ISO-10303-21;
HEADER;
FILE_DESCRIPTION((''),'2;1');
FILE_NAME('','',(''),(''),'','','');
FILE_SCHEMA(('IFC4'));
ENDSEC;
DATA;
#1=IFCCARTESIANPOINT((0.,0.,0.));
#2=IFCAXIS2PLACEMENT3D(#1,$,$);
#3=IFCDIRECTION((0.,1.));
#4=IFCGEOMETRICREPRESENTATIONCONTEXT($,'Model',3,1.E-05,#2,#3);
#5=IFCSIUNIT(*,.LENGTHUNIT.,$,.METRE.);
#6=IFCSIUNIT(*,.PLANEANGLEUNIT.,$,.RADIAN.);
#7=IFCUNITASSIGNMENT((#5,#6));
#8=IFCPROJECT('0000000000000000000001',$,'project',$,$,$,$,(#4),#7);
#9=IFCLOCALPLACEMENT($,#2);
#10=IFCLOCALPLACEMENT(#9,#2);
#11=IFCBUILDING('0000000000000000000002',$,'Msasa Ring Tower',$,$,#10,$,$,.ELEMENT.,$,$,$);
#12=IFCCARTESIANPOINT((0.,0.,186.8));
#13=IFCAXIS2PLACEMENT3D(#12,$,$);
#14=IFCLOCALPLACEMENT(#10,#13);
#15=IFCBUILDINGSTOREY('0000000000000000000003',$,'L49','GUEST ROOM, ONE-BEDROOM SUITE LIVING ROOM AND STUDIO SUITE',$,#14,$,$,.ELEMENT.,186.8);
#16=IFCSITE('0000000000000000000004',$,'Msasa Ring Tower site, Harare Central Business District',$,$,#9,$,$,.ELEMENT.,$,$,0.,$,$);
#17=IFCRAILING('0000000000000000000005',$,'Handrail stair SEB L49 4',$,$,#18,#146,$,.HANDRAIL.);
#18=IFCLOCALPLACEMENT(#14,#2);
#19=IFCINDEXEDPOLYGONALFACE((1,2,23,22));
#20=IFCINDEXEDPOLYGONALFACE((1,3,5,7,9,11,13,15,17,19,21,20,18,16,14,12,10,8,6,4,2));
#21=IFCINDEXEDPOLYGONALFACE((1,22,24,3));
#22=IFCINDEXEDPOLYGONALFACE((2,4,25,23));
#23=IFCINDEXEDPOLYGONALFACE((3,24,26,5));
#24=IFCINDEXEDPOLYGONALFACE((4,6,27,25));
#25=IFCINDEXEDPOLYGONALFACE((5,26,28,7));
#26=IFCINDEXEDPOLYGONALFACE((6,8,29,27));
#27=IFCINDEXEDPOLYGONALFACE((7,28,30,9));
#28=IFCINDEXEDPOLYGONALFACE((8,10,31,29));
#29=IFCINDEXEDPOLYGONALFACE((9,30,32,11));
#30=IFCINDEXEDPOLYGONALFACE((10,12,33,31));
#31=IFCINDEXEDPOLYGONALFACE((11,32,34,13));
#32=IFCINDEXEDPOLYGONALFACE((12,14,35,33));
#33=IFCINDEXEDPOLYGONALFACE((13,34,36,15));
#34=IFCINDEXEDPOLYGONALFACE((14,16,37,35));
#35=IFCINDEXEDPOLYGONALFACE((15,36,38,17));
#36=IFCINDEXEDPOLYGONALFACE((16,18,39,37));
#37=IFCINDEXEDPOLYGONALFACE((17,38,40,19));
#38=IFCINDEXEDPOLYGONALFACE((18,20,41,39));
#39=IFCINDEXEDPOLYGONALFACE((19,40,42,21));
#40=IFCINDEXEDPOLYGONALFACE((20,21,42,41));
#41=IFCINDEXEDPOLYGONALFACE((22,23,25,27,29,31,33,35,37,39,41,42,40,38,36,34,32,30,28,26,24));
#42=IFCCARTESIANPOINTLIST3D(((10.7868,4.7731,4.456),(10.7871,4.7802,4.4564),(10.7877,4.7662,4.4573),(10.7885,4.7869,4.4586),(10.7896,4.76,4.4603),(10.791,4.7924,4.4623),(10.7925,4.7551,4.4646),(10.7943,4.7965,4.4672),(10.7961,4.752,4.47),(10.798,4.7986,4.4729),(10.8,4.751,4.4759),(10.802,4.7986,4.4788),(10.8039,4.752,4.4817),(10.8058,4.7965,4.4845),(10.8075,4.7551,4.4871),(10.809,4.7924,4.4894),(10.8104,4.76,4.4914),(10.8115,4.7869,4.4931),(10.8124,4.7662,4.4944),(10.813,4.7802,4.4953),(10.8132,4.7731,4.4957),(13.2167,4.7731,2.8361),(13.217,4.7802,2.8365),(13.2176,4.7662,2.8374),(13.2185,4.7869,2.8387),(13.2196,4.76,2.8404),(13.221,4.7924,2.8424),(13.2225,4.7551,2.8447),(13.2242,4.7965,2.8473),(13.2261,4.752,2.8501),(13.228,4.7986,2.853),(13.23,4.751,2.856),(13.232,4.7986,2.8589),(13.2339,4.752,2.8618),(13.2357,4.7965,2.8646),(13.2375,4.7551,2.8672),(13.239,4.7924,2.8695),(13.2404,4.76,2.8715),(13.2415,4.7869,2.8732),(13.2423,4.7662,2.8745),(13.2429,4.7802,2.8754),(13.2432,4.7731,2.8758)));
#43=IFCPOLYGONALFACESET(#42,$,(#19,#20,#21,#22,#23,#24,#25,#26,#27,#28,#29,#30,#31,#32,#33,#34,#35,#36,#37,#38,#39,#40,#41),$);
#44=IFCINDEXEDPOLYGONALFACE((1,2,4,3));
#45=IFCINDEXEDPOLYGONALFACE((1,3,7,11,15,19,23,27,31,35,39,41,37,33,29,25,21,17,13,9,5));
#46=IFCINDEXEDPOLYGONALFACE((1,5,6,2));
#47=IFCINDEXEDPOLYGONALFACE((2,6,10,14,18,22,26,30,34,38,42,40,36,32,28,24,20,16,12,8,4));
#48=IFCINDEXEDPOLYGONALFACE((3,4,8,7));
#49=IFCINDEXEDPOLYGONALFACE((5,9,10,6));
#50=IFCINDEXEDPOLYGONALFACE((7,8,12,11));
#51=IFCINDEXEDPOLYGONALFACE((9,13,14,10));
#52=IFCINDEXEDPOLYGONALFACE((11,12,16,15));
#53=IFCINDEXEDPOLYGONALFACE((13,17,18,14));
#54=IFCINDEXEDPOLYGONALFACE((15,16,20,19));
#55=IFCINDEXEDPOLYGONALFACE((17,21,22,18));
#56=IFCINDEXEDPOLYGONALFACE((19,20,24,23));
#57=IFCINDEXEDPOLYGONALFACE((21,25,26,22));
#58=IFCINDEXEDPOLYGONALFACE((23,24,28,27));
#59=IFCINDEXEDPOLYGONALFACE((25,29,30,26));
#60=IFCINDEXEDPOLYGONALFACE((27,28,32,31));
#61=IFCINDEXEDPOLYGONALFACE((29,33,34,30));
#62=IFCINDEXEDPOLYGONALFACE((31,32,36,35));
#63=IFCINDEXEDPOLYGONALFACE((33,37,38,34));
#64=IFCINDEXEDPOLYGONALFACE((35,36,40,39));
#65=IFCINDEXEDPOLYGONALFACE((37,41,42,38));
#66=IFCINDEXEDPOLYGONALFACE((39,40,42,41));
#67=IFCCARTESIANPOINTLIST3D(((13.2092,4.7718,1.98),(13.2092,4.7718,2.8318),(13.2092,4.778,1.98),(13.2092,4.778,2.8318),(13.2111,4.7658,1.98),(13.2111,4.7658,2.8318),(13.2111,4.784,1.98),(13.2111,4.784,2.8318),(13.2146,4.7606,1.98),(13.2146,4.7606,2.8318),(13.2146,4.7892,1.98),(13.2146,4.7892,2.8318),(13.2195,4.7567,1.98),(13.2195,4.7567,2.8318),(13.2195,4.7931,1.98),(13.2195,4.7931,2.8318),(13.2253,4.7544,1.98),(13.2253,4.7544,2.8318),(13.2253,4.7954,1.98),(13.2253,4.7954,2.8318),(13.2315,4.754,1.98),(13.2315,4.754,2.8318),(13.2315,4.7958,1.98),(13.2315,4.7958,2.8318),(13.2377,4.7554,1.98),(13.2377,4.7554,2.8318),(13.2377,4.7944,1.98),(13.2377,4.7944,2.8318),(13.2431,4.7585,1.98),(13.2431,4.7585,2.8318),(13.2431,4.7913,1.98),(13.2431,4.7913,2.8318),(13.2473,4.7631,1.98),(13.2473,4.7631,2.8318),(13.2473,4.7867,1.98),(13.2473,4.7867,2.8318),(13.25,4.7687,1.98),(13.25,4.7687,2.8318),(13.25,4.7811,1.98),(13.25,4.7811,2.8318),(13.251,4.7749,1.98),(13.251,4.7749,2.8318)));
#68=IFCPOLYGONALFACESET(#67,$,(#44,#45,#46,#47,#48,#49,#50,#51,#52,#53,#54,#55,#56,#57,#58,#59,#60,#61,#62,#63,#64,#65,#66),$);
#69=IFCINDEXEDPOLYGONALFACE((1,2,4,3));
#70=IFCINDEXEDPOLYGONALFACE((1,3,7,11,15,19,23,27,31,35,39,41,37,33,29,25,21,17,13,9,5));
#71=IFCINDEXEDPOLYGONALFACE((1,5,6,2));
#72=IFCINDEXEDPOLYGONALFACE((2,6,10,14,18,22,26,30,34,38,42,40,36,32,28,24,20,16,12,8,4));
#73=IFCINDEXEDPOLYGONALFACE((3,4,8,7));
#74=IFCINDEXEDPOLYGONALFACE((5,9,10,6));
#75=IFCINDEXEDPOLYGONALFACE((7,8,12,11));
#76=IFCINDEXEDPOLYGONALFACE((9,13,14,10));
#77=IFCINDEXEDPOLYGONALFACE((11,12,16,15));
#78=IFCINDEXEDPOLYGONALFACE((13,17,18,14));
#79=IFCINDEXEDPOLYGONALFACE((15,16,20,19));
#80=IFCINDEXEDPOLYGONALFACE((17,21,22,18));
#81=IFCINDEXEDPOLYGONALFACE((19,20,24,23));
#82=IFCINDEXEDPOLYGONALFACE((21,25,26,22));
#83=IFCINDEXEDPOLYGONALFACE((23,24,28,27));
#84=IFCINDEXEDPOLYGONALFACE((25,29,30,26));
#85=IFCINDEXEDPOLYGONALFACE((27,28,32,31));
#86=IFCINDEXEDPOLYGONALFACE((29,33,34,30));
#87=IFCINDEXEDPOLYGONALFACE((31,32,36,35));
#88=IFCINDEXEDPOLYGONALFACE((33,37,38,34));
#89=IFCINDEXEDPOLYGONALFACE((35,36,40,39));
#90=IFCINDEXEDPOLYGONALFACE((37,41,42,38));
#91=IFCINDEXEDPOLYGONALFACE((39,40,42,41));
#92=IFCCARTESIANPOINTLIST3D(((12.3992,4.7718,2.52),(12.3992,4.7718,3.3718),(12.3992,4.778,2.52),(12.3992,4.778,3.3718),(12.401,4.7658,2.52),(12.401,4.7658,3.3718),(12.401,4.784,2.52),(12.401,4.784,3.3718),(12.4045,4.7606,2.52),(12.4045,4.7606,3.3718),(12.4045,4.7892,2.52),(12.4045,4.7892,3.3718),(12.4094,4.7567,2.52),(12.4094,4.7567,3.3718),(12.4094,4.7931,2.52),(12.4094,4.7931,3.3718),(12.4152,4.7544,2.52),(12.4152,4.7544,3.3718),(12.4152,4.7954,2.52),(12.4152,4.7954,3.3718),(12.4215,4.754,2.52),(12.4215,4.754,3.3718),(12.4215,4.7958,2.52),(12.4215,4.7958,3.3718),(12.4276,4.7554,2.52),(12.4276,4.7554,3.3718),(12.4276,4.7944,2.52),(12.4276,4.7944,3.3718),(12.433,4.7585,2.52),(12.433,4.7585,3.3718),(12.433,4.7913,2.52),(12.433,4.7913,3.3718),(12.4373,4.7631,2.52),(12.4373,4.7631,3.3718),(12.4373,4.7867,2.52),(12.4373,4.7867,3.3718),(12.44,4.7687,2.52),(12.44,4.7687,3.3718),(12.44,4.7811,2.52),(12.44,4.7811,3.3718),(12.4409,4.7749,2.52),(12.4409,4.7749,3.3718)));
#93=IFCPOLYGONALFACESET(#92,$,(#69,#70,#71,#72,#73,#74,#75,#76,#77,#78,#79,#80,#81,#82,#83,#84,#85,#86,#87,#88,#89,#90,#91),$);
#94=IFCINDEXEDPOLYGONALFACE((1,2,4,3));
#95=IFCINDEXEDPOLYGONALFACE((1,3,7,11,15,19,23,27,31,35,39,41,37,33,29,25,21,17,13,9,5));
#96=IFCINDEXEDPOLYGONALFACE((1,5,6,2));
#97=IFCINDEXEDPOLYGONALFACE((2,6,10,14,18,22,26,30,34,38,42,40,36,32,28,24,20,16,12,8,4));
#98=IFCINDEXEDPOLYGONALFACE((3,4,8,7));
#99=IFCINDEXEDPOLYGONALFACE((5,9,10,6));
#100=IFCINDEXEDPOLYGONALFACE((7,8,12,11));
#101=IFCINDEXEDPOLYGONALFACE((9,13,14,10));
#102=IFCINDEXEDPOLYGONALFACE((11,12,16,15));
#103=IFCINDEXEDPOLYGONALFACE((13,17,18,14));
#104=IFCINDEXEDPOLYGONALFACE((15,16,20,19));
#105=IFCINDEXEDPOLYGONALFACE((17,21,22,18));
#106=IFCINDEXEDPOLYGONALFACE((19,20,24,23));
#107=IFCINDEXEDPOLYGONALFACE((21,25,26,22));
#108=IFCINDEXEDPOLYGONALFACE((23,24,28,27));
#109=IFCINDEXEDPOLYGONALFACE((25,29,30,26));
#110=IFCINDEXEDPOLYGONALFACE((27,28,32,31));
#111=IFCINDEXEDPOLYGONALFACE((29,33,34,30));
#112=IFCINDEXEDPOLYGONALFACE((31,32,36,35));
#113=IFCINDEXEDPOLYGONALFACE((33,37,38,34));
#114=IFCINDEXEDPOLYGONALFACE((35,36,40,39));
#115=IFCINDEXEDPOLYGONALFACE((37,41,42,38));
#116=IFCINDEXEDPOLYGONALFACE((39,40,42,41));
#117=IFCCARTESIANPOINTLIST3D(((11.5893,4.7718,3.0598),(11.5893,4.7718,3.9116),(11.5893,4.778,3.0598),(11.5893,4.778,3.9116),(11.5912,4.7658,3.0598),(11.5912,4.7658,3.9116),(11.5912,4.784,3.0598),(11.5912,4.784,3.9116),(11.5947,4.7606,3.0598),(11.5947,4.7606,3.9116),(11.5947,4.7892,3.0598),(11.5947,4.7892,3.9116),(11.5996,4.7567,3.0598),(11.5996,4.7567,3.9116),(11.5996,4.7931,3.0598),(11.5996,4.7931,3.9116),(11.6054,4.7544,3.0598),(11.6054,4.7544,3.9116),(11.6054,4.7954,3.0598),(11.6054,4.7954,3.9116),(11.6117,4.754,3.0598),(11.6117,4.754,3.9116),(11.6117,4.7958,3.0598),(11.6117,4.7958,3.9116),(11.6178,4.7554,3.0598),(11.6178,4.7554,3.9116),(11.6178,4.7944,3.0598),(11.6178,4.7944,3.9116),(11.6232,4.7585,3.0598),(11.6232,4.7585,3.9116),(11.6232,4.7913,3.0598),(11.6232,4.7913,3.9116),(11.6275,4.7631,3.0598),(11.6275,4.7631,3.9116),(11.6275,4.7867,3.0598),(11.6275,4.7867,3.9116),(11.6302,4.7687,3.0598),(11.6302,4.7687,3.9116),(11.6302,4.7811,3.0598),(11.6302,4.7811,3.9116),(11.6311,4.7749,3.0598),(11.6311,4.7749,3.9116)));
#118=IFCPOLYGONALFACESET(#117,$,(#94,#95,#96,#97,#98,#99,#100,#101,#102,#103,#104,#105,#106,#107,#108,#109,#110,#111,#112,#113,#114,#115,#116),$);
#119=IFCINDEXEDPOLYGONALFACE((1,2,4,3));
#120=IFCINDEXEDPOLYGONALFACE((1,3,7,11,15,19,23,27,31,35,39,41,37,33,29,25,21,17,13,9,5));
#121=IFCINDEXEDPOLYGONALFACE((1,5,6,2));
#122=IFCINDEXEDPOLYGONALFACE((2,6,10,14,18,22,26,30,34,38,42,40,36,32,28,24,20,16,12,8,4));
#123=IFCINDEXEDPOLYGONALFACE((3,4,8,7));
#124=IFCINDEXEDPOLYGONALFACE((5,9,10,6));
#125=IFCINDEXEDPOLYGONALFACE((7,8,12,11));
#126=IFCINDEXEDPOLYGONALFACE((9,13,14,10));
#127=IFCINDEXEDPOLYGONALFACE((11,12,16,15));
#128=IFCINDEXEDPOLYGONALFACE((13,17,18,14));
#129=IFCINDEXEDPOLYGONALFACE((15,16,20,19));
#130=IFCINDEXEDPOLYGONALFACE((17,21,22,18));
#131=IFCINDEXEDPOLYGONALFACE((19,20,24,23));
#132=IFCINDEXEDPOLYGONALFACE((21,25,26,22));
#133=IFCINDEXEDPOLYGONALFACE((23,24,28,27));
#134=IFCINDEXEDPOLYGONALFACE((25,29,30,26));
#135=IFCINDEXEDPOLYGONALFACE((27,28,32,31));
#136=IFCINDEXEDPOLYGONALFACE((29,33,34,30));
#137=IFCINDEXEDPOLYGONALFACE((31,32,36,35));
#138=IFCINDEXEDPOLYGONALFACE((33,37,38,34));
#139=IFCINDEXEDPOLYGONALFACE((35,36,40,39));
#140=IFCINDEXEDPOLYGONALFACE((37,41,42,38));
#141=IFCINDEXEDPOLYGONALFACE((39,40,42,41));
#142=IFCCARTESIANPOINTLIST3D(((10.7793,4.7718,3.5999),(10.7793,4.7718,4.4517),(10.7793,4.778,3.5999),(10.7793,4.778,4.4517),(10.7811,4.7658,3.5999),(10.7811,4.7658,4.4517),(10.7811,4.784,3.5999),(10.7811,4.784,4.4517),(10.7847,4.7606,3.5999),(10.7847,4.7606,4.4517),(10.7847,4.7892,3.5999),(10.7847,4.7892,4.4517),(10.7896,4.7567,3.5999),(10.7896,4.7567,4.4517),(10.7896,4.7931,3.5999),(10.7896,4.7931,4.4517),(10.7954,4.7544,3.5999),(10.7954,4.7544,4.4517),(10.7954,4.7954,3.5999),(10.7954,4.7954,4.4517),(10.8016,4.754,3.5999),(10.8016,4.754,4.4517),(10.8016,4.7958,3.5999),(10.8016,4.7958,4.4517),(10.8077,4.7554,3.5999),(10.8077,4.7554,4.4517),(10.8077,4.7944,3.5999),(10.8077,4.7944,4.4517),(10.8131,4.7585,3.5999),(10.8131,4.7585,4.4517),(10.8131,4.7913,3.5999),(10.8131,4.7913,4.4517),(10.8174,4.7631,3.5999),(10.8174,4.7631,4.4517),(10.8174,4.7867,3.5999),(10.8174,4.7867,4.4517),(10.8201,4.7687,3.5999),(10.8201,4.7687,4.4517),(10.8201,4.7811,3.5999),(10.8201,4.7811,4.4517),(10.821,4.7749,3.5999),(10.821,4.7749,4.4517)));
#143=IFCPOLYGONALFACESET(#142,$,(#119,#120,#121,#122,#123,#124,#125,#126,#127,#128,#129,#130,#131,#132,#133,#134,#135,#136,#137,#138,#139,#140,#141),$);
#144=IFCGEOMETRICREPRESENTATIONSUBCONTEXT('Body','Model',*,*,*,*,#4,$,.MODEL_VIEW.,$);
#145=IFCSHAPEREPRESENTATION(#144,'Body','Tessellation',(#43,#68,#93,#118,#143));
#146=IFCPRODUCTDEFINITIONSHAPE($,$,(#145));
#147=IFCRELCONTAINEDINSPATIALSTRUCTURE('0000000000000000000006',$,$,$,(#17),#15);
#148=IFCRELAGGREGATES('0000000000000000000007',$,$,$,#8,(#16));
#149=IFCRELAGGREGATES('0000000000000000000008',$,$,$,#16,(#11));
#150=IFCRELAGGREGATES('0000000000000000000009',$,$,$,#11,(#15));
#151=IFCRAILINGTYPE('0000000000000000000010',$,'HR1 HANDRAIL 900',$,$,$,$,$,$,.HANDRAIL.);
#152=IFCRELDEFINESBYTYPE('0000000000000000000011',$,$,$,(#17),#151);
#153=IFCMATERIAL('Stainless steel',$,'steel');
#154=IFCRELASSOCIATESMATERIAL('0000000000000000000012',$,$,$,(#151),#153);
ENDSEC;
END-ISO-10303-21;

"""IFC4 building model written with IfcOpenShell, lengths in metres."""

from ifc_helpers import new_model, si_unit, direction, frame, origin, origin_2d, place, context, subcontext, project, spatial, circle, extrude, material, type_object, element, save


model = new_model("IFC4")

# Units and contexts
model_context = context("Model", 3, precision=1e-05, world=origin(), true_north=direction((0.0, 1.0)))
body_context = subcontext(model_context, "Body", "Model", "MODEL_VIEW")
ifc_project = project(units=[si_unit("LENGTHUNIT", "METRE"), si_unit("PLANEANGLEUNIT", "RADIAN")], contexts=[model_context])

# Site, building, storey
site_placement = place(None, origin())
site = spatial("IfcSite", under=ifc_project, at=site_placement, Name="Msasa Ring Tower site, Harare Central Business District", CompositionType="ELEMENT", RefElevation=0.0)
building_placement = place(site_placement, origin())
building = spatial("IfcBuilding", under=site, at=building_placement, Name="Msasa Ring Tower", CompositionType="ELEMENT")
storey_placement = place(building_placement, frame((0.0, 0.0, 186.8)))
storey = spatial("IfcBuildingStorey", under=building, at=storey_placement, Name="L49", Description="GUEST ROOM, ONE-BEDROOM SUITE LIVING ROOM AND STUDIO SUITE", CompositionType="ELEMENT", Elevation=186.8)

# Railing
ifc_material_1 = material(Name="Stainless steel", Category="steel")
railing_type = type_object("IfcRailingType", Name="HR1 HANDRAIL 900", PredefinedType="HANDRAIL", material=ifc_material_1)
for number, where, name in (
    (1, (13.23, 4.7749, 1.98), "Handrail stair SEB L49 4"),
):
    element("IfcRailing", number, at=place(storey_placement, frame(where)), inside=storey, type_object=railing_type, Name=name, PredefinedType="HANDRAIL", context=body_context, shape_type="SweptSolid", body=[
        extrude(circle(Radius=0.0239, at=origin_2d()), frame((0.0, 0.0, 0.876), z_axis=(-0.832063, 0.0, 0.554681), x_axis=(0.0, -1.0, 0.0)), (0.0, 0.0, 1.0), 2.9204),
        extrude(circle(Radius=0.021, at=origin_2d()), origin(), (0.0, 0.0, 1.0), 0.8518),
        extrude(circle(Radius=0.021, at=origin_2d()), frame((-0.8101, 0.0, 0.54)), (0.0, 0.0, 1.0), 0.8518),
        extrude(circle(Radius=0.021, at=origin_2d()), frame((-1.6199, 0.0, 1.0798)), (0.0, 0.0, 1.0), 0.8518),
        extrude(circle(Radius=0.021, at=origin_2d()), frame((-2.4299, 0.0, 1.6199)), (0.0, 0.0, 1.0), 0.8518),
    ])

save(model, "model.ifc")
